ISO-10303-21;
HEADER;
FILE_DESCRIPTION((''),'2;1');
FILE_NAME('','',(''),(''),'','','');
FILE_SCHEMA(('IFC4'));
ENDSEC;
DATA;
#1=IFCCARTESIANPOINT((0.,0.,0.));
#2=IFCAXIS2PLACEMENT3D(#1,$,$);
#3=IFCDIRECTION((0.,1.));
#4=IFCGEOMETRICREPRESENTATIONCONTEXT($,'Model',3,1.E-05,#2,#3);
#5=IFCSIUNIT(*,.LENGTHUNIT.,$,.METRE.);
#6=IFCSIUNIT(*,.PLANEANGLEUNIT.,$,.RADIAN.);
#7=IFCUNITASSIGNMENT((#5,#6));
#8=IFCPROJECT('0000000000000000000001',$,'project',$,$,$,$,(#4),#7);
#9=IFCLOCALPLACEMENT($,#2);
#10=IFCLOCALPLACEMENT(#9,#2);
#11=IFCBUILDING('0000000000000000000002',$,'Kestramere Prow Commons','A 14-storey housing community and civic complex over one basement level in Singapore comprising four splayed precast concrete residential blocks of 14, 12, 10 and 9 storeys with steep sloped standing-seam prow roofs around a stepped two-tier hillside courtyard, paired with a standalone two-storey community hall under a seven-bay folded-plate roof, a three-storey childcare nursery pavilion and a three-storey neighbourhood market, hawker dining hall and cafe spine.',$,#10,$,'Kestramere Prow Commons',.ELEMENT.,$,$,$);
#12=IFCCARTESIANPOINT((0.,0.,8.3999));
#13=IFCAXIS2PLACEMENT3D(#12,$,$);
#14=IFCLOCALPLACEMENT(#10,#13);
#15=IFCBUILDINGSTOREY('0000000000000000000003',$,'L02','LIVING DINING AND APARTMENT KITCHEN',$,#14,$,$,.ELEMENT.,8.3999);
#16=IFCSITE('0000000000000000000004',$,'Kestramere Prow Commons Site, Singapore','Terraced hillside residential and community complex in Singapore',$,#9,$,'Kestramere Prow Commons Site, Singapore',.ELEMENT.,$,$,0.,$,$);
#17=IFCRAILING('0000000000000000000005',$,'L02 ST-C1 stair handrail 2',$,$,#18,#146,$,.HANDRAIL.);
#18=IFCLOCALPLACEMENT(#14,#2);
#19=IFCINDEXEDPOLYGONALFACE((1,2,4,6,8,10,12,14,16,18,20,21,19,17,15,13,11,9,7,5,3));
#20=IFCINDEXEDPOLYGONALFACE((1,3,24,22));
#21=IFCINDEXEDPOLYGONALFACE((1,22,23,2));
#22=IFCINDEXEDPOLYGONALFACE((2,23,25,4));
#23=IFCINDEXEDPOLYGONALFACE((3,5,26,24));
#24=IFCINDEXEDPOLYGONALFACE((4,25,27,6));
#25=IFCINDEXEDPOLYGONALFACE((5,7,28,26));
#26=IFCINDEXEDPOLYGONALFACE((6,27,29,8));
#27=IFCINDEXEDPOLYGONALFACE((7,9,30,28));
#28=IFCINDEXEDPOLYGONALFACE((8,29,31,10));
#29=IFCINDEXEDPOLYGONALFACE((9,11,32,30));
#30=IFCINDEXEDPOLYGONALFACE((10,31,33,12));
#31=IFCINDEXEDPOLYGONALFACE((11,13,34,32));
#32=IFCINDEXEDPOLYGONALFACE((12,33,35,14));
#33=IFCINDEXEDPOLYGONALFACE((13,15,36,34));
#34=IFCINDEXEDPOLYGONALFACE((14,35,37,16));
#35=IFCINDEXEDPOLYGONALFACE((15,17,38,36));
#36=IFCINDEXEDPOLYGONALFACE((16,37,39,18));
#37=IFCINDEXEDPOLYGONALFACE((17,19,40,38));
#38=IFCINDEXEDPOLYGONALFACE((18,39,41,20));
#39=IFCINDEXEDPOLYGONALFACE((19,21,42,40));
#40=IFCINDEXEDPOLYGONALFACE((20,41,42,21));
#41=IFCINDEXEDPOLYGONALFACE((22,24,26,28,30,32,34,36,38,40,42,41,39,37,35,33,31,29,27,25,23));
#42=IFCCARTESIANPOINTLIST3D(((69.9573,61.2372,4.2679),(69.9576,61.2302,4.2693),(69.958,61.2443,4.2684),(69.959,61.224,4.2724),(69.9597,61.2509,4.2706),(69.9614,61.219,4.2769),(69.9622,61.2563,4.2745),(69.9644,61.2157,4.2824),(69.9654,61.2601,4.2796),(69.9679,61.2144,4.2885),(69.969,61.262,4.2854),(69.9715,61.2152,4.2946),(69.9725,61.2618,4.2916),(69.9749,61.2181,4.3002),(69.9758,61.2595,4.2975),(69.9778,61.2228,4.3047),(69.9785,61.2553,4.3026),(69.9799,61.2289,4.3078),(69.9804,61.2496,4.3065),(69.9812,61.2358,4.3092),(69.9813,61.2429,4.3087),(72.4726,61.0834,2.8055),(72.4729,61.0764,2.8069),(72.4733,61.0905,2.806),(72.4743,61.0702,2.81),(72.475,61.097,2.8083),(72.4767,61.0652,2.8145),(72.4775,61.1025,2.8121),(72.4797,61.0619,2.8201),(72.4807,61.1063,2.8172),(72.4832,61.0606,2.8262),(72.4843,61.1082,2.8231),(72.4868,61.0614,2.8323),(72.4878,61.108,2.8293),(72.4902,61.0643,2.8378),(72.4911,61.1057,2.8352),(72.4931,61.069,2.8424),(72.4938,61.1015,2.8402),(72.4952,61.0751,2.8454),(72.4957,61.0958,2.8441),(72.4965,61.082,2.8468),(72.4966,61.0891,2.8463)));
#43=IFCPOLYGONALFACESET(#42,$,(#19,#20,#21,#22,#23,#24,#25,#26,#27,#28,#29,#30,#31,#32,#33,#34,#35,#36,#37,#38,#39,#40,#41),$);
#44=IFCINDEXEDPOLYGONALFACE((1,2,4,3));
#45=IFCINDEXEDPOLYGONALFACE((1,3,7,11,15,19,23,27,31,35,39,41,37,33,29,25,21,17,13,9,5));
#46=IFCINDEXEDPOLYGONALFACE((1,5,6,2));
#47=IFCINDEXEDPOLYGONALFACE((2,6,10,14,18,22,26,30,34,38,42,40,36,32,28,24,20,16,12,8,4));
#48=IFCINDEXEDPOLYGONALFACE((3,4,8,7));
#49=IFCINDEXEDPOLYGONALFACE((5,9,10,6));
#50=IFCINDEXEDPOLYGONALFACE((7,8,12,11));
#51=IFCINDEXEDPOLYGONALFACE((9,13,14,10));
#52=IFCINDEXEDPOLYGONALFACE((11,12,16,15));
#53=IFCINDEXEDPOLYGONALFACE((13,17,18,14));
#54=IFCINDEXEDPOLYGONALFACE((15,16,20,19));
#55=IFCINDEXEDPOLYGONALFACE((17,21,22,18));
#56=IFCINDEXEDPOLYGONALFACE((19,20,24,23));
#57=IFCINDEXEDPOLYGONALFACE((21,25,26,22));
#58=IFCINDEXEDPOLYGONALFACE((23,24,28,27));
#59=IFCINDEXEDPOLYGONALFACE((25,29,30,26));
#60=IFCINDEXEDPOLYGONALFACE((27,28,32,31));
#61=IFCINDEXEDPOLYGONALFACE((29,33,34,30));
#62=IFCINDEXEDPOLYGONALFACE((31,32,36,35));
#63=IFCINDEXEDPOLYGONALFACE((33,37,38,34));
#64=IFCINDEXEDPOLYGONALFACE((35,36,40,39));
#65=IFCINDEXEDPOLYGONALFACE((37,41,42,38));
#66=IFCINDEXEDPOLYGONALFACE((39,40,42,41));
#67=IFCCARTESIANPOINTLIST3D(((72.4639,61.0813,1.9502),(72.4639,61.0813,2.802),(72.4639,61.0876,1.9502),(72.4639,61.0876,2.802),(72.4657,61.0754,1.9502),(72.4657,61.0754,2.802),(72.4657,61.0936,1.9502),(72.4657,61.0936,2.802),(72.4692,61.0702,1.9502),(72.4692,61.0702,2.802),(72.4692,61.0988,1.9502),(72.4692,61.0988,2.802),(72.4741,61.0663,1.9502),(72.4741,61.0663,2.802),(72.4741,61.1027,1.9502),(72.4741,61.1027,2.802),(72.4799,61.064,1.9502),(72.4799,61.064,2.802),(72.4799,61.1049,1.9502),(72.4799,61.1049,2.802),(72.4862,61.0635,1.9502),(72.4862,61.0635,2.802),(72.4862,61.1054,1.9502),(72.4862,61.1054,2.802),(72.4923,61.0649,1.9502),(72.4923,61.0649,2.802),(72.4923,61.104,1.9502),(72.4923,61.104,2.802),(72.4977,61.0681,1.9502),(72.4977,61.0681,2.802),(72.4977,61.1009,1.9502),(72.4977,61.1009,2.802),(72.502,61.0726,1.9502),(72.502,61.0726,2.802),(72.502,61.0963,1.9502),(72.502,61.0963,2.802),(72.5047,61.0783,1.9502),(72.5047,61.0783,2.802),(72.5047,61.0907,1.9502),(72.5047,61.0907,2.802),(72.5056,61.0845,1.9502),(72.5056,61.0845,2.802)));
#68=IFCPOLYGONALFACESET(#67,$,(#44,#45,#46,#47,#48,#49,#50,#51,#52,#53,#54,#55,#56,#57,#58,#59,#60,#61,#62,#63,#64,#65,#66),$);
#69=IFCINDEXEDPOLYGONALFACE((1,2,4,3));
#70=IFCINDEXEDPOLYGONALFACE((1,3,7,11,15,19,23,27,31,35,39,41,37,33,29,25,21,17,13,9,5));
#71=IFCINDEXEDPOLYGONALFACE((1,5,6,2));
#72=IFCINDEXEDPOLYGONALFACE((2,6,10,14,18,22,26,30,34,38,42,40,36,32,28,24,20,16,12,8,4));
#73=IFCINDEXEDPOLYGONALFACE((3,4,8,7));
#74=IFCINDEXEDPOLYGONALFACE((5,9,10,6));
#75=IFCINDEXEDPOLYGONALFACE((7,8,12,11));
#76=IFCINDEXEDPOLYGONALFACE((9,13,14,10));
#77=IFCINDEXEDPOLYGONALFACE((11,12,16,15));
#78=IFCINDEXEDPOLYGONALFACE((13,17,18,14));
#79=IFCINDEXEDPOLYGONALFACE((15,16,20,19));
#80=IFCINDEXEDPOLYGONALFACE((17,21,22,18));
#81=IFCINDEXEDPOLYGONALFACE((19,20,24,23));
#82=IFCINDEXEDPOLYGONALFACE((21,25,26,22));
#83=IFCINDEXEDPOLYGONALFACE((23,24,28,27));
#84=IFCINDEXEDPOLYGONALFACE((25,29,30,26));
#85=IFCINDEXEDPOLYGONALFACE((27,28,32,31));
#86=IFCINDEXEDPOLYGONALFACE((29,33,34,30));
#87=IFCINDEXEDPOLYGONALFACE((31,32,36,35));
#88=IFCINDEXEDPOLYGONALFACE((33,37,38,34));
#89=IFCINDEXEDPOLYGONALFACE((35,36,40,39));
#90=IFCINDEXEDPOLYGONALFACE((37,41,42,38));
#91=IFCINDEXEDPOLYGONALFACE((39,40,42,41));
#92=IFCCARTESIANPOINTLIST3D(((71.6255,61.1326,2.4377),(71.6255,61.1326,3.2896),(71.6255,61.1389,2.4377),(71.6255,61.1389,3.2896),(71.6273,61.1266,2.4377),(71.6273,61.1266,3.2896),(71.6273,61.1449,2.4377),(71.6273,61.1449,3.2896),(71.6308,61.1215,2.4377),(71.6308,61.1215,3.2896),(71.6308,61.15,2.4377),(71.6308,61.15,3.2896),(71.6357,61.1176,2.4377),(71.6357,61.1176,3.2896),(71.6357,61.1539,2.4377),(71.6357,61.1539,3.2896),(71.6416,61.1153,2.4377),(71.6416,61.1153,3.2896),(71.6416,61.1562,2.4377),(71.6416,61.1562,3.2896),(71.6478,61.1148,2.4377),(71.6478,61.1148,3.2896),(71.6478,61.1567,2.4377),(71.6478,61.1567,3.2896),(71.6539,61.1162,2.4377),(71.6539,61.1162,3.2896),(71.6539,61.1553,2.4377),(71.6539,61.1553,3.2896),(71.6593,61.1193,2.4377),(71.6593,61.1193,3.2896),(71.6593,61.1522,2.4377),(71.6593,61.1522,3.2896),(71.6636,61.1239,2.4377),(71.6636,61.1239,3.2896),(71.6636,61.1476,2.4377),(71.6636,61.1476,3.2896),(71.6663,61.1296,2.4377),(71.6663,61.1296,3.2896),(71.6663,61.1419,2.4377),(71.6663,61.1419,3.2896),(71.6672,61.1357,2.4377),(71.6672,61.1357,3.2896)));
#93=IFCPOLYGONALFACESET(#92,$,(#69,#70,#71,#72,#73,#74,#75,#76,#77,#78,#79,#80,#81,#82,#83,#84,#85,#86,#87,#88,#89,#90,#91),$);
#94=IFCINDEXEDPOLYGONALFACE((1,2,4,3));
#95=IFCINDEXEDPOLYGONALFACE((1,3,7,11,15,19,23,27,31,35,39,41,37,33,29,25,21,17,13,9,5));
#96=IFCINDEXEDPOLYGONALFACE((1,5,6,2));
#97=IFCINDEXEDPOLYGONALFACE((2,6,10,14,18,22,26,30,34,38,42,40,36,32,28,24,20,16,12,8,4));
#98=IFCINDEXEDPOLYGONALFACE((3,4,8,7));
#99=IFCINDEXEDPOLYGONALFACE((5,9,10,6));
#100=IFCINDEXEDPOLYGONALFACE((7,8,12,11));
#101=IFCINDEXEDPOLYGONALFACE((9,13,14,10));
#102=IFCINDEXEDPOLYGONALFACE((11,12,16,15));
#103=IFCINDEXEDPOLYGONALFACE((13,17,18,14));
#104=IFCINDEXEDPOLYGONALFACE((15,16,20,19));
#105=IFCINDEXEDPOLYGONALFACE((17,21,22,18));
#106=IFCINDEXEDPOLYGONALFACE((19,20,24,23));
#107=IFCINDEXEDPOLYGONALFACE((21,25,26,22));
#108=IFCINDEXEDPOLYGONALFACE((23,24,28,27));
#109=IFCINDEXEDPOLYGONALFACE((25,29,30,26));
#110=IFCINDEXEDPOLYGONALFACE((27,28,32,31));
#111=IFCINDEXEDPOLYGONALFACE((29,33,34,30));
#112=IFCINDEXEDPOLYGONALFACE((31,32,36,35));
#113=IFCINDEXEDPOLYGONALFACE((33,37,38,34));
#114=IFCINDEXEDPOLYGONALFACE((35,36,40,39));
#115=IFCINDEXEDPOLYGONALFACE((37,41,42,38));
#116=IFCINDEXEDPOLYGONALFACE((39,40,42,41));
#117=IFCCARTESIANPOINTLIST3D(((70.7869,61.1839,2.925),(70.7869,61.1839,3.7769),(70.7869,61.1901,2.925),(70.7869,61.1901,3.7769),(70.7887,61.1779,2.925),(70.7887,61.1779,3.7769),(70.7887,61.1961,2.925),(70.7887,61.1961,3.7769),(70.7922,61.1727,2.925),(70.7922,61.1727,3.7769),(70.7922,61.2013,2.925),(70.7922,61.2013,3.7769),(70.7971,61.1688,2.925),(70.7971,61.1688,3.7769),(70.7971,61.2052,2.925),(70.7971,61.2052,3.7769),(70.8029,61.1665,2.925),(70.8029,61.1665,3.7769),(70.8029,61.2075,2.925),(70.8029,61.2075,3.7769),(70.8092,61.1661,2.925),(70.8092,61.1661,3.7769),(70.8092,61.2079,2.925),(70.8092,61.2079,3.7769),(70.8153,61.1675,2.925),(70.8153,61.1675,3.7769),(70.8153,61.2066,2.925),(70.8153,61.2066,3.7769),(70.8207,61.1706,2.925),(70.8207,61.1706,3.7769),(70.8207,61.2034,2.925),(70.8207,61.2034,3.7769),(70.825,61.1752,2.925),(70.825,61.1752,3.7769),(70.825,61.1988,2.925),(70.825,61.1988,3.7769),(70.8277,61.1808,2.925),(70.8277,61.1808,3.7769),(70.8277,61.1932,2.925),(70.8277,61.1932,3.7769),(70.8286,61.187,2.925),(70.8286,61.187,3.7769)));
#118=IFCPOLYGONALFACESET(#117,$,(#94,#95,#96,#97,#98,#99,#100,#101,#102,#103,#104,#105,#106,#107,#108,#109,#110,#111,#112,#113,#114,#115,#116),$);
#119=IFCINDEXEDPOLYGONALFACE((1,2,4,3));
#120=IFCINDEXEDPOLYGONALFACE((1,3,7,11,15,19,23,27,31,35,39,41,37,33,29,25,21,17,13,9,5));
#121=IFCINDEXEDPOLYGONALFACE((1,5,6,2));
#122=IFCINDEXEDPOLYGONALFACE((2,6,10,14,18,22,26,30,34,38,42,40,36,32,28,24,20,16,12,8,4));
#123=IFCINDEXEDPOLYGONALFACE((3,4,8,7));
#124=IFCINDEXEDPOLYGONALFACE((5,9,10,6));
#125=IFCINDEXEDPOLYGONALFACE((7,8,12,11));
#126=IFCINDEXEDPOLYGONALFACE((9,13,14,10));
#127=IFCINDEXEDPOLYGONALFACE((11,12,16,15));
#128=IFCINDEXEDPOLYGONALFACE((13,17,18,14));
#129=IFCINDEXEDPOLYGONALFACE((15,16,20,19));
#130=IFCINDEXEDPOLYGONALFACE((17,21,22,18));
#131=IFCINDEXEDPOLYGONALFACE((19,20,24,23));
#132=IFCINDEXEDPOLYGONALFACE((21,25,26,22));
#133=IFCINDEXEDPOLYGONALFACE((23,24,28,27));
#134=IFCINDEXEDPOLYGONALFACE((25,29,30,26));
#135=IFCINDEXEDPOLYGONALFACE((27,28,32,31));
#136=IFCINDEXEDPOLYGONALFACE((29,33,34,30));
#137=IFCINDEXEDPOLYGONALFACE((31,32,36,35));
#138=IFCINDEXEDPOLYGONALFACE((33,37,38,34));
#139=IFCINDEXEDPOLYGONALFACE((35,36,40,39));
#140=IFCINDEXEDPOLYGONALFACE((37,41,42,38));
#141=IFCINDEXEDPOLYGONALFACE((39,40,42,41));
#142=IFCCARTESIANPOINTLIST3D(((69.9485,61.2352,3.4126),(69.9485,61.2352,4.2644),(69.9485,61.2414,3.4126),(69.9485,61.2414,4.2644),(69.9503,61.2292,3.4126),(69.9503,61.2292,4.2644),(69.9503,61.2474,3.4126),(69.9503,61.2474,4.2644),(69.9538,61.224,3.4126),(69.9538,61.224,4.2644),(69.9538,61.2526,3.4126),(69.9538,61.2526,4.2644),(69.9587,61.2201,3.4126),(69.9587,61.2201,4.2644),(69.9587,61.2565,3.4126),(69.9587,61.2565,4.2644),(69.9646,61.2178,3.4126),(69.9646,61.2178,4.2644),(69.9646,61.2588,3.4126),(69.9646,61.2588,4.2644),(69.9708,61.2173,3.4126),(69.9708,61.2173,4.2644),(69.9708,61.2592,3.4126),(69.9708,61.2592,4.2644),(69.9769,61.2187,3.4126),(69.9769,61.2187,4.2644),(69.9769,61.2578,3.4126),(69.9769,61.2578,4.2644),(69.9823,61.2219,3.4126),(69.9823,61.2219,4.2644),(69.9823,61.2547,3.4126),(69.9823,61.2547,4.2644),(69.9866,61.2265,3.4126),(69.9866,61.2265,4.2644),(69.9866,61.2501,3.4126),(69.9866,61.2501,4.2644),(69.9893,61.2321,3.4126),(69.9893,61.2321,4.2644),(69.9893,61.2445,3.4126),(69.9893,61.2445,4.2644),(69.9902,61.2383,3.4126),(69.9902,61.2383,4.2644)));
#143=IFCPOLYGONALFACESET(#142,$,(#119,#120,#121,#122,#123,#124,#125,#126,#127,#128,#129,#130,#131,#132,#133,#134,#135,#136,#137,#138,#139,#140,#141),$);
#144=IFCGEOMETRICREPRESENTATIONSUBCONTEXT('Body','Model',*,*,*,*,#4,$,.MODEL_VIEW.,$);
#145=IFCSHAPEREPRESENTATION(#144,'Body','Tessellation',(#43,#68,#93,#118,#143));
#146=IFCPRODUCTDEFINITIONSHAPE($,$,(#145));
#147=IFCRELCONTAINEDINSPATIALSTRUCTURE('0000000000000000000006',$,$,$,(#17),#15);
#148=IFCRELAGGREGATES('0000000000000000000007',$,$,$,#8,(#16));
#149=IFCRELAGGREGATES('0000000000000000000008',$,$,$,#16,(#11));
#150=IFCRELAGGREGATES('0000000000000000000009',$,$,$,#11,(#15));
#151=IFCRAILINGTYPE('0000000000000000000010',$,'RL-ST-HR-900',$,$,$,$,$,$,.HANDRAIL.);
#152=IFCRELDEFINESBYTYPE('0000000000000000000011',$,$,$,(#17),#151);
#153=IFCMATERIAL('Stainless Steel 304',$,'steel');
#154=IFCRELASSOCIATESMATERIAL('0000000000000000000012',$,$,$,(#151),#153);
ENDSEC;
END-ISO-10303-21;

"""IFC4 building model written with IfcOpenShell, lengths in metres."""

from ifc_helpers import new_model, si_unit, direction, frame, origin, origin_2d, place, context, subcontext, project, spatial, circle, extrude, material, type_object, element, save


model = new_model("IFC4")

# Units and contexts
model_context = context("Model", 3, precision=1e-05, world=origin(), true_north=direction((0.0, 1.0)))
body_context = subcontext(model_context, "Body", "Model", "MODEL_VIEW")
ifc_project = project(units=[si_unit("LENGTHUNIT", "METRE"), si_unit("PLANEANGLEUNIT", "RADIAN")], contexts=[model_context])

# Site, building, storey
site_placement = place(None, origin())
site = spatial("IfcSite", under=ifc_project, at=site_placement, Name="Kestramere Prow Commons Site, Singapore", Description="Terraced hillside residential and community complex in Singapore", LongName="Kestramere Prow Commons Site, Singapore", CompositionType="ELEMENT", RefElevation=0.0)
building_placement = place(site_placement, origin())
building = spatial("IfcBuilding", under=site, at=building_placement, Name="Kestramere Prow Commons", Description="A 14-storey housing community and civic complex over one basement level in Singapore comprising four splayed precast concrete residential blocks of 14, 12, 10 and 9 storeys with steep sloped standing-seam prow roofs around a stepped two-tier hillside courtyard, paired with a standalone two-storey community hall under a seven-bay folded-plate roof, a three-storey childcare nursery pavilion and a three-storey neighbourhood market, hawker dining hall and cafe spine.", LongName="Kestramere Prow Commons", CompositionType="ELEMENT")
storey_placement = place(building_placement, frame((0.0, 0.0, 8.3999)))
storey = spatial("IfcBuildingStorey", under=building, at=storey_placement, Name="L02", Description="LIVING DINING AND APARTMENT KITCHEN", CompositionType="ELEMENT", Elevation=8.3999)

# Railing
ifc_material_1 = material(Name="Stainless Steel 304", Category="steel")
railing_type_1 = type_object("IfcRailingType", Name="RL-ST-HR-900", PredefinedType="HANDRAIL", material=ifc_material_1)
railing_1_placement = place(storey_placement, frame((72.4846, 61.0845, 1.9502)))
element("IfcRailing", 1, at=railing_1_placement, inside=storey, type_object=railing_type_1, Name="L02 ST-C1 stair handrail 2", PredefinedType="HANDRAIL", context=body_context, shape_type="SweptSolid", body=[
    extrude(circle(Radius=0.0239, at=origin_2d()), frame((0.0, 0.0, 0.876), z_axis=(-0.863306, 0.052789, 0.501912), x_axis=(-0.061033, -0.998136, 0.0)), (0.0, 0.0, 1.0), 2.9136),
    extrude(circle(Radius=0.021, at=origin_2d()), origin(), (0.0, 0.0, 1.0), 0.8518),
    extrude(circle(Radius=0.021, at=origin_2d()), frame((-0.8384, 0.0513, 0.4875)), (0.0, 0.0, 1.0), 0.8518),
    extrude(circle(Radius=0.021, at=origin_2d()), frame((-1.677, 0.1025, 0.9749)), (0.0, 0.0, 1.0), 0.8518),
    extrude(circle(Radius=0.021, at=origin_2d()), frame((-2.5154, 0.1538, 1.4624)), (0.0, 0.0, 1.0), 0.8518),
])

save(model, "model.ifc")
